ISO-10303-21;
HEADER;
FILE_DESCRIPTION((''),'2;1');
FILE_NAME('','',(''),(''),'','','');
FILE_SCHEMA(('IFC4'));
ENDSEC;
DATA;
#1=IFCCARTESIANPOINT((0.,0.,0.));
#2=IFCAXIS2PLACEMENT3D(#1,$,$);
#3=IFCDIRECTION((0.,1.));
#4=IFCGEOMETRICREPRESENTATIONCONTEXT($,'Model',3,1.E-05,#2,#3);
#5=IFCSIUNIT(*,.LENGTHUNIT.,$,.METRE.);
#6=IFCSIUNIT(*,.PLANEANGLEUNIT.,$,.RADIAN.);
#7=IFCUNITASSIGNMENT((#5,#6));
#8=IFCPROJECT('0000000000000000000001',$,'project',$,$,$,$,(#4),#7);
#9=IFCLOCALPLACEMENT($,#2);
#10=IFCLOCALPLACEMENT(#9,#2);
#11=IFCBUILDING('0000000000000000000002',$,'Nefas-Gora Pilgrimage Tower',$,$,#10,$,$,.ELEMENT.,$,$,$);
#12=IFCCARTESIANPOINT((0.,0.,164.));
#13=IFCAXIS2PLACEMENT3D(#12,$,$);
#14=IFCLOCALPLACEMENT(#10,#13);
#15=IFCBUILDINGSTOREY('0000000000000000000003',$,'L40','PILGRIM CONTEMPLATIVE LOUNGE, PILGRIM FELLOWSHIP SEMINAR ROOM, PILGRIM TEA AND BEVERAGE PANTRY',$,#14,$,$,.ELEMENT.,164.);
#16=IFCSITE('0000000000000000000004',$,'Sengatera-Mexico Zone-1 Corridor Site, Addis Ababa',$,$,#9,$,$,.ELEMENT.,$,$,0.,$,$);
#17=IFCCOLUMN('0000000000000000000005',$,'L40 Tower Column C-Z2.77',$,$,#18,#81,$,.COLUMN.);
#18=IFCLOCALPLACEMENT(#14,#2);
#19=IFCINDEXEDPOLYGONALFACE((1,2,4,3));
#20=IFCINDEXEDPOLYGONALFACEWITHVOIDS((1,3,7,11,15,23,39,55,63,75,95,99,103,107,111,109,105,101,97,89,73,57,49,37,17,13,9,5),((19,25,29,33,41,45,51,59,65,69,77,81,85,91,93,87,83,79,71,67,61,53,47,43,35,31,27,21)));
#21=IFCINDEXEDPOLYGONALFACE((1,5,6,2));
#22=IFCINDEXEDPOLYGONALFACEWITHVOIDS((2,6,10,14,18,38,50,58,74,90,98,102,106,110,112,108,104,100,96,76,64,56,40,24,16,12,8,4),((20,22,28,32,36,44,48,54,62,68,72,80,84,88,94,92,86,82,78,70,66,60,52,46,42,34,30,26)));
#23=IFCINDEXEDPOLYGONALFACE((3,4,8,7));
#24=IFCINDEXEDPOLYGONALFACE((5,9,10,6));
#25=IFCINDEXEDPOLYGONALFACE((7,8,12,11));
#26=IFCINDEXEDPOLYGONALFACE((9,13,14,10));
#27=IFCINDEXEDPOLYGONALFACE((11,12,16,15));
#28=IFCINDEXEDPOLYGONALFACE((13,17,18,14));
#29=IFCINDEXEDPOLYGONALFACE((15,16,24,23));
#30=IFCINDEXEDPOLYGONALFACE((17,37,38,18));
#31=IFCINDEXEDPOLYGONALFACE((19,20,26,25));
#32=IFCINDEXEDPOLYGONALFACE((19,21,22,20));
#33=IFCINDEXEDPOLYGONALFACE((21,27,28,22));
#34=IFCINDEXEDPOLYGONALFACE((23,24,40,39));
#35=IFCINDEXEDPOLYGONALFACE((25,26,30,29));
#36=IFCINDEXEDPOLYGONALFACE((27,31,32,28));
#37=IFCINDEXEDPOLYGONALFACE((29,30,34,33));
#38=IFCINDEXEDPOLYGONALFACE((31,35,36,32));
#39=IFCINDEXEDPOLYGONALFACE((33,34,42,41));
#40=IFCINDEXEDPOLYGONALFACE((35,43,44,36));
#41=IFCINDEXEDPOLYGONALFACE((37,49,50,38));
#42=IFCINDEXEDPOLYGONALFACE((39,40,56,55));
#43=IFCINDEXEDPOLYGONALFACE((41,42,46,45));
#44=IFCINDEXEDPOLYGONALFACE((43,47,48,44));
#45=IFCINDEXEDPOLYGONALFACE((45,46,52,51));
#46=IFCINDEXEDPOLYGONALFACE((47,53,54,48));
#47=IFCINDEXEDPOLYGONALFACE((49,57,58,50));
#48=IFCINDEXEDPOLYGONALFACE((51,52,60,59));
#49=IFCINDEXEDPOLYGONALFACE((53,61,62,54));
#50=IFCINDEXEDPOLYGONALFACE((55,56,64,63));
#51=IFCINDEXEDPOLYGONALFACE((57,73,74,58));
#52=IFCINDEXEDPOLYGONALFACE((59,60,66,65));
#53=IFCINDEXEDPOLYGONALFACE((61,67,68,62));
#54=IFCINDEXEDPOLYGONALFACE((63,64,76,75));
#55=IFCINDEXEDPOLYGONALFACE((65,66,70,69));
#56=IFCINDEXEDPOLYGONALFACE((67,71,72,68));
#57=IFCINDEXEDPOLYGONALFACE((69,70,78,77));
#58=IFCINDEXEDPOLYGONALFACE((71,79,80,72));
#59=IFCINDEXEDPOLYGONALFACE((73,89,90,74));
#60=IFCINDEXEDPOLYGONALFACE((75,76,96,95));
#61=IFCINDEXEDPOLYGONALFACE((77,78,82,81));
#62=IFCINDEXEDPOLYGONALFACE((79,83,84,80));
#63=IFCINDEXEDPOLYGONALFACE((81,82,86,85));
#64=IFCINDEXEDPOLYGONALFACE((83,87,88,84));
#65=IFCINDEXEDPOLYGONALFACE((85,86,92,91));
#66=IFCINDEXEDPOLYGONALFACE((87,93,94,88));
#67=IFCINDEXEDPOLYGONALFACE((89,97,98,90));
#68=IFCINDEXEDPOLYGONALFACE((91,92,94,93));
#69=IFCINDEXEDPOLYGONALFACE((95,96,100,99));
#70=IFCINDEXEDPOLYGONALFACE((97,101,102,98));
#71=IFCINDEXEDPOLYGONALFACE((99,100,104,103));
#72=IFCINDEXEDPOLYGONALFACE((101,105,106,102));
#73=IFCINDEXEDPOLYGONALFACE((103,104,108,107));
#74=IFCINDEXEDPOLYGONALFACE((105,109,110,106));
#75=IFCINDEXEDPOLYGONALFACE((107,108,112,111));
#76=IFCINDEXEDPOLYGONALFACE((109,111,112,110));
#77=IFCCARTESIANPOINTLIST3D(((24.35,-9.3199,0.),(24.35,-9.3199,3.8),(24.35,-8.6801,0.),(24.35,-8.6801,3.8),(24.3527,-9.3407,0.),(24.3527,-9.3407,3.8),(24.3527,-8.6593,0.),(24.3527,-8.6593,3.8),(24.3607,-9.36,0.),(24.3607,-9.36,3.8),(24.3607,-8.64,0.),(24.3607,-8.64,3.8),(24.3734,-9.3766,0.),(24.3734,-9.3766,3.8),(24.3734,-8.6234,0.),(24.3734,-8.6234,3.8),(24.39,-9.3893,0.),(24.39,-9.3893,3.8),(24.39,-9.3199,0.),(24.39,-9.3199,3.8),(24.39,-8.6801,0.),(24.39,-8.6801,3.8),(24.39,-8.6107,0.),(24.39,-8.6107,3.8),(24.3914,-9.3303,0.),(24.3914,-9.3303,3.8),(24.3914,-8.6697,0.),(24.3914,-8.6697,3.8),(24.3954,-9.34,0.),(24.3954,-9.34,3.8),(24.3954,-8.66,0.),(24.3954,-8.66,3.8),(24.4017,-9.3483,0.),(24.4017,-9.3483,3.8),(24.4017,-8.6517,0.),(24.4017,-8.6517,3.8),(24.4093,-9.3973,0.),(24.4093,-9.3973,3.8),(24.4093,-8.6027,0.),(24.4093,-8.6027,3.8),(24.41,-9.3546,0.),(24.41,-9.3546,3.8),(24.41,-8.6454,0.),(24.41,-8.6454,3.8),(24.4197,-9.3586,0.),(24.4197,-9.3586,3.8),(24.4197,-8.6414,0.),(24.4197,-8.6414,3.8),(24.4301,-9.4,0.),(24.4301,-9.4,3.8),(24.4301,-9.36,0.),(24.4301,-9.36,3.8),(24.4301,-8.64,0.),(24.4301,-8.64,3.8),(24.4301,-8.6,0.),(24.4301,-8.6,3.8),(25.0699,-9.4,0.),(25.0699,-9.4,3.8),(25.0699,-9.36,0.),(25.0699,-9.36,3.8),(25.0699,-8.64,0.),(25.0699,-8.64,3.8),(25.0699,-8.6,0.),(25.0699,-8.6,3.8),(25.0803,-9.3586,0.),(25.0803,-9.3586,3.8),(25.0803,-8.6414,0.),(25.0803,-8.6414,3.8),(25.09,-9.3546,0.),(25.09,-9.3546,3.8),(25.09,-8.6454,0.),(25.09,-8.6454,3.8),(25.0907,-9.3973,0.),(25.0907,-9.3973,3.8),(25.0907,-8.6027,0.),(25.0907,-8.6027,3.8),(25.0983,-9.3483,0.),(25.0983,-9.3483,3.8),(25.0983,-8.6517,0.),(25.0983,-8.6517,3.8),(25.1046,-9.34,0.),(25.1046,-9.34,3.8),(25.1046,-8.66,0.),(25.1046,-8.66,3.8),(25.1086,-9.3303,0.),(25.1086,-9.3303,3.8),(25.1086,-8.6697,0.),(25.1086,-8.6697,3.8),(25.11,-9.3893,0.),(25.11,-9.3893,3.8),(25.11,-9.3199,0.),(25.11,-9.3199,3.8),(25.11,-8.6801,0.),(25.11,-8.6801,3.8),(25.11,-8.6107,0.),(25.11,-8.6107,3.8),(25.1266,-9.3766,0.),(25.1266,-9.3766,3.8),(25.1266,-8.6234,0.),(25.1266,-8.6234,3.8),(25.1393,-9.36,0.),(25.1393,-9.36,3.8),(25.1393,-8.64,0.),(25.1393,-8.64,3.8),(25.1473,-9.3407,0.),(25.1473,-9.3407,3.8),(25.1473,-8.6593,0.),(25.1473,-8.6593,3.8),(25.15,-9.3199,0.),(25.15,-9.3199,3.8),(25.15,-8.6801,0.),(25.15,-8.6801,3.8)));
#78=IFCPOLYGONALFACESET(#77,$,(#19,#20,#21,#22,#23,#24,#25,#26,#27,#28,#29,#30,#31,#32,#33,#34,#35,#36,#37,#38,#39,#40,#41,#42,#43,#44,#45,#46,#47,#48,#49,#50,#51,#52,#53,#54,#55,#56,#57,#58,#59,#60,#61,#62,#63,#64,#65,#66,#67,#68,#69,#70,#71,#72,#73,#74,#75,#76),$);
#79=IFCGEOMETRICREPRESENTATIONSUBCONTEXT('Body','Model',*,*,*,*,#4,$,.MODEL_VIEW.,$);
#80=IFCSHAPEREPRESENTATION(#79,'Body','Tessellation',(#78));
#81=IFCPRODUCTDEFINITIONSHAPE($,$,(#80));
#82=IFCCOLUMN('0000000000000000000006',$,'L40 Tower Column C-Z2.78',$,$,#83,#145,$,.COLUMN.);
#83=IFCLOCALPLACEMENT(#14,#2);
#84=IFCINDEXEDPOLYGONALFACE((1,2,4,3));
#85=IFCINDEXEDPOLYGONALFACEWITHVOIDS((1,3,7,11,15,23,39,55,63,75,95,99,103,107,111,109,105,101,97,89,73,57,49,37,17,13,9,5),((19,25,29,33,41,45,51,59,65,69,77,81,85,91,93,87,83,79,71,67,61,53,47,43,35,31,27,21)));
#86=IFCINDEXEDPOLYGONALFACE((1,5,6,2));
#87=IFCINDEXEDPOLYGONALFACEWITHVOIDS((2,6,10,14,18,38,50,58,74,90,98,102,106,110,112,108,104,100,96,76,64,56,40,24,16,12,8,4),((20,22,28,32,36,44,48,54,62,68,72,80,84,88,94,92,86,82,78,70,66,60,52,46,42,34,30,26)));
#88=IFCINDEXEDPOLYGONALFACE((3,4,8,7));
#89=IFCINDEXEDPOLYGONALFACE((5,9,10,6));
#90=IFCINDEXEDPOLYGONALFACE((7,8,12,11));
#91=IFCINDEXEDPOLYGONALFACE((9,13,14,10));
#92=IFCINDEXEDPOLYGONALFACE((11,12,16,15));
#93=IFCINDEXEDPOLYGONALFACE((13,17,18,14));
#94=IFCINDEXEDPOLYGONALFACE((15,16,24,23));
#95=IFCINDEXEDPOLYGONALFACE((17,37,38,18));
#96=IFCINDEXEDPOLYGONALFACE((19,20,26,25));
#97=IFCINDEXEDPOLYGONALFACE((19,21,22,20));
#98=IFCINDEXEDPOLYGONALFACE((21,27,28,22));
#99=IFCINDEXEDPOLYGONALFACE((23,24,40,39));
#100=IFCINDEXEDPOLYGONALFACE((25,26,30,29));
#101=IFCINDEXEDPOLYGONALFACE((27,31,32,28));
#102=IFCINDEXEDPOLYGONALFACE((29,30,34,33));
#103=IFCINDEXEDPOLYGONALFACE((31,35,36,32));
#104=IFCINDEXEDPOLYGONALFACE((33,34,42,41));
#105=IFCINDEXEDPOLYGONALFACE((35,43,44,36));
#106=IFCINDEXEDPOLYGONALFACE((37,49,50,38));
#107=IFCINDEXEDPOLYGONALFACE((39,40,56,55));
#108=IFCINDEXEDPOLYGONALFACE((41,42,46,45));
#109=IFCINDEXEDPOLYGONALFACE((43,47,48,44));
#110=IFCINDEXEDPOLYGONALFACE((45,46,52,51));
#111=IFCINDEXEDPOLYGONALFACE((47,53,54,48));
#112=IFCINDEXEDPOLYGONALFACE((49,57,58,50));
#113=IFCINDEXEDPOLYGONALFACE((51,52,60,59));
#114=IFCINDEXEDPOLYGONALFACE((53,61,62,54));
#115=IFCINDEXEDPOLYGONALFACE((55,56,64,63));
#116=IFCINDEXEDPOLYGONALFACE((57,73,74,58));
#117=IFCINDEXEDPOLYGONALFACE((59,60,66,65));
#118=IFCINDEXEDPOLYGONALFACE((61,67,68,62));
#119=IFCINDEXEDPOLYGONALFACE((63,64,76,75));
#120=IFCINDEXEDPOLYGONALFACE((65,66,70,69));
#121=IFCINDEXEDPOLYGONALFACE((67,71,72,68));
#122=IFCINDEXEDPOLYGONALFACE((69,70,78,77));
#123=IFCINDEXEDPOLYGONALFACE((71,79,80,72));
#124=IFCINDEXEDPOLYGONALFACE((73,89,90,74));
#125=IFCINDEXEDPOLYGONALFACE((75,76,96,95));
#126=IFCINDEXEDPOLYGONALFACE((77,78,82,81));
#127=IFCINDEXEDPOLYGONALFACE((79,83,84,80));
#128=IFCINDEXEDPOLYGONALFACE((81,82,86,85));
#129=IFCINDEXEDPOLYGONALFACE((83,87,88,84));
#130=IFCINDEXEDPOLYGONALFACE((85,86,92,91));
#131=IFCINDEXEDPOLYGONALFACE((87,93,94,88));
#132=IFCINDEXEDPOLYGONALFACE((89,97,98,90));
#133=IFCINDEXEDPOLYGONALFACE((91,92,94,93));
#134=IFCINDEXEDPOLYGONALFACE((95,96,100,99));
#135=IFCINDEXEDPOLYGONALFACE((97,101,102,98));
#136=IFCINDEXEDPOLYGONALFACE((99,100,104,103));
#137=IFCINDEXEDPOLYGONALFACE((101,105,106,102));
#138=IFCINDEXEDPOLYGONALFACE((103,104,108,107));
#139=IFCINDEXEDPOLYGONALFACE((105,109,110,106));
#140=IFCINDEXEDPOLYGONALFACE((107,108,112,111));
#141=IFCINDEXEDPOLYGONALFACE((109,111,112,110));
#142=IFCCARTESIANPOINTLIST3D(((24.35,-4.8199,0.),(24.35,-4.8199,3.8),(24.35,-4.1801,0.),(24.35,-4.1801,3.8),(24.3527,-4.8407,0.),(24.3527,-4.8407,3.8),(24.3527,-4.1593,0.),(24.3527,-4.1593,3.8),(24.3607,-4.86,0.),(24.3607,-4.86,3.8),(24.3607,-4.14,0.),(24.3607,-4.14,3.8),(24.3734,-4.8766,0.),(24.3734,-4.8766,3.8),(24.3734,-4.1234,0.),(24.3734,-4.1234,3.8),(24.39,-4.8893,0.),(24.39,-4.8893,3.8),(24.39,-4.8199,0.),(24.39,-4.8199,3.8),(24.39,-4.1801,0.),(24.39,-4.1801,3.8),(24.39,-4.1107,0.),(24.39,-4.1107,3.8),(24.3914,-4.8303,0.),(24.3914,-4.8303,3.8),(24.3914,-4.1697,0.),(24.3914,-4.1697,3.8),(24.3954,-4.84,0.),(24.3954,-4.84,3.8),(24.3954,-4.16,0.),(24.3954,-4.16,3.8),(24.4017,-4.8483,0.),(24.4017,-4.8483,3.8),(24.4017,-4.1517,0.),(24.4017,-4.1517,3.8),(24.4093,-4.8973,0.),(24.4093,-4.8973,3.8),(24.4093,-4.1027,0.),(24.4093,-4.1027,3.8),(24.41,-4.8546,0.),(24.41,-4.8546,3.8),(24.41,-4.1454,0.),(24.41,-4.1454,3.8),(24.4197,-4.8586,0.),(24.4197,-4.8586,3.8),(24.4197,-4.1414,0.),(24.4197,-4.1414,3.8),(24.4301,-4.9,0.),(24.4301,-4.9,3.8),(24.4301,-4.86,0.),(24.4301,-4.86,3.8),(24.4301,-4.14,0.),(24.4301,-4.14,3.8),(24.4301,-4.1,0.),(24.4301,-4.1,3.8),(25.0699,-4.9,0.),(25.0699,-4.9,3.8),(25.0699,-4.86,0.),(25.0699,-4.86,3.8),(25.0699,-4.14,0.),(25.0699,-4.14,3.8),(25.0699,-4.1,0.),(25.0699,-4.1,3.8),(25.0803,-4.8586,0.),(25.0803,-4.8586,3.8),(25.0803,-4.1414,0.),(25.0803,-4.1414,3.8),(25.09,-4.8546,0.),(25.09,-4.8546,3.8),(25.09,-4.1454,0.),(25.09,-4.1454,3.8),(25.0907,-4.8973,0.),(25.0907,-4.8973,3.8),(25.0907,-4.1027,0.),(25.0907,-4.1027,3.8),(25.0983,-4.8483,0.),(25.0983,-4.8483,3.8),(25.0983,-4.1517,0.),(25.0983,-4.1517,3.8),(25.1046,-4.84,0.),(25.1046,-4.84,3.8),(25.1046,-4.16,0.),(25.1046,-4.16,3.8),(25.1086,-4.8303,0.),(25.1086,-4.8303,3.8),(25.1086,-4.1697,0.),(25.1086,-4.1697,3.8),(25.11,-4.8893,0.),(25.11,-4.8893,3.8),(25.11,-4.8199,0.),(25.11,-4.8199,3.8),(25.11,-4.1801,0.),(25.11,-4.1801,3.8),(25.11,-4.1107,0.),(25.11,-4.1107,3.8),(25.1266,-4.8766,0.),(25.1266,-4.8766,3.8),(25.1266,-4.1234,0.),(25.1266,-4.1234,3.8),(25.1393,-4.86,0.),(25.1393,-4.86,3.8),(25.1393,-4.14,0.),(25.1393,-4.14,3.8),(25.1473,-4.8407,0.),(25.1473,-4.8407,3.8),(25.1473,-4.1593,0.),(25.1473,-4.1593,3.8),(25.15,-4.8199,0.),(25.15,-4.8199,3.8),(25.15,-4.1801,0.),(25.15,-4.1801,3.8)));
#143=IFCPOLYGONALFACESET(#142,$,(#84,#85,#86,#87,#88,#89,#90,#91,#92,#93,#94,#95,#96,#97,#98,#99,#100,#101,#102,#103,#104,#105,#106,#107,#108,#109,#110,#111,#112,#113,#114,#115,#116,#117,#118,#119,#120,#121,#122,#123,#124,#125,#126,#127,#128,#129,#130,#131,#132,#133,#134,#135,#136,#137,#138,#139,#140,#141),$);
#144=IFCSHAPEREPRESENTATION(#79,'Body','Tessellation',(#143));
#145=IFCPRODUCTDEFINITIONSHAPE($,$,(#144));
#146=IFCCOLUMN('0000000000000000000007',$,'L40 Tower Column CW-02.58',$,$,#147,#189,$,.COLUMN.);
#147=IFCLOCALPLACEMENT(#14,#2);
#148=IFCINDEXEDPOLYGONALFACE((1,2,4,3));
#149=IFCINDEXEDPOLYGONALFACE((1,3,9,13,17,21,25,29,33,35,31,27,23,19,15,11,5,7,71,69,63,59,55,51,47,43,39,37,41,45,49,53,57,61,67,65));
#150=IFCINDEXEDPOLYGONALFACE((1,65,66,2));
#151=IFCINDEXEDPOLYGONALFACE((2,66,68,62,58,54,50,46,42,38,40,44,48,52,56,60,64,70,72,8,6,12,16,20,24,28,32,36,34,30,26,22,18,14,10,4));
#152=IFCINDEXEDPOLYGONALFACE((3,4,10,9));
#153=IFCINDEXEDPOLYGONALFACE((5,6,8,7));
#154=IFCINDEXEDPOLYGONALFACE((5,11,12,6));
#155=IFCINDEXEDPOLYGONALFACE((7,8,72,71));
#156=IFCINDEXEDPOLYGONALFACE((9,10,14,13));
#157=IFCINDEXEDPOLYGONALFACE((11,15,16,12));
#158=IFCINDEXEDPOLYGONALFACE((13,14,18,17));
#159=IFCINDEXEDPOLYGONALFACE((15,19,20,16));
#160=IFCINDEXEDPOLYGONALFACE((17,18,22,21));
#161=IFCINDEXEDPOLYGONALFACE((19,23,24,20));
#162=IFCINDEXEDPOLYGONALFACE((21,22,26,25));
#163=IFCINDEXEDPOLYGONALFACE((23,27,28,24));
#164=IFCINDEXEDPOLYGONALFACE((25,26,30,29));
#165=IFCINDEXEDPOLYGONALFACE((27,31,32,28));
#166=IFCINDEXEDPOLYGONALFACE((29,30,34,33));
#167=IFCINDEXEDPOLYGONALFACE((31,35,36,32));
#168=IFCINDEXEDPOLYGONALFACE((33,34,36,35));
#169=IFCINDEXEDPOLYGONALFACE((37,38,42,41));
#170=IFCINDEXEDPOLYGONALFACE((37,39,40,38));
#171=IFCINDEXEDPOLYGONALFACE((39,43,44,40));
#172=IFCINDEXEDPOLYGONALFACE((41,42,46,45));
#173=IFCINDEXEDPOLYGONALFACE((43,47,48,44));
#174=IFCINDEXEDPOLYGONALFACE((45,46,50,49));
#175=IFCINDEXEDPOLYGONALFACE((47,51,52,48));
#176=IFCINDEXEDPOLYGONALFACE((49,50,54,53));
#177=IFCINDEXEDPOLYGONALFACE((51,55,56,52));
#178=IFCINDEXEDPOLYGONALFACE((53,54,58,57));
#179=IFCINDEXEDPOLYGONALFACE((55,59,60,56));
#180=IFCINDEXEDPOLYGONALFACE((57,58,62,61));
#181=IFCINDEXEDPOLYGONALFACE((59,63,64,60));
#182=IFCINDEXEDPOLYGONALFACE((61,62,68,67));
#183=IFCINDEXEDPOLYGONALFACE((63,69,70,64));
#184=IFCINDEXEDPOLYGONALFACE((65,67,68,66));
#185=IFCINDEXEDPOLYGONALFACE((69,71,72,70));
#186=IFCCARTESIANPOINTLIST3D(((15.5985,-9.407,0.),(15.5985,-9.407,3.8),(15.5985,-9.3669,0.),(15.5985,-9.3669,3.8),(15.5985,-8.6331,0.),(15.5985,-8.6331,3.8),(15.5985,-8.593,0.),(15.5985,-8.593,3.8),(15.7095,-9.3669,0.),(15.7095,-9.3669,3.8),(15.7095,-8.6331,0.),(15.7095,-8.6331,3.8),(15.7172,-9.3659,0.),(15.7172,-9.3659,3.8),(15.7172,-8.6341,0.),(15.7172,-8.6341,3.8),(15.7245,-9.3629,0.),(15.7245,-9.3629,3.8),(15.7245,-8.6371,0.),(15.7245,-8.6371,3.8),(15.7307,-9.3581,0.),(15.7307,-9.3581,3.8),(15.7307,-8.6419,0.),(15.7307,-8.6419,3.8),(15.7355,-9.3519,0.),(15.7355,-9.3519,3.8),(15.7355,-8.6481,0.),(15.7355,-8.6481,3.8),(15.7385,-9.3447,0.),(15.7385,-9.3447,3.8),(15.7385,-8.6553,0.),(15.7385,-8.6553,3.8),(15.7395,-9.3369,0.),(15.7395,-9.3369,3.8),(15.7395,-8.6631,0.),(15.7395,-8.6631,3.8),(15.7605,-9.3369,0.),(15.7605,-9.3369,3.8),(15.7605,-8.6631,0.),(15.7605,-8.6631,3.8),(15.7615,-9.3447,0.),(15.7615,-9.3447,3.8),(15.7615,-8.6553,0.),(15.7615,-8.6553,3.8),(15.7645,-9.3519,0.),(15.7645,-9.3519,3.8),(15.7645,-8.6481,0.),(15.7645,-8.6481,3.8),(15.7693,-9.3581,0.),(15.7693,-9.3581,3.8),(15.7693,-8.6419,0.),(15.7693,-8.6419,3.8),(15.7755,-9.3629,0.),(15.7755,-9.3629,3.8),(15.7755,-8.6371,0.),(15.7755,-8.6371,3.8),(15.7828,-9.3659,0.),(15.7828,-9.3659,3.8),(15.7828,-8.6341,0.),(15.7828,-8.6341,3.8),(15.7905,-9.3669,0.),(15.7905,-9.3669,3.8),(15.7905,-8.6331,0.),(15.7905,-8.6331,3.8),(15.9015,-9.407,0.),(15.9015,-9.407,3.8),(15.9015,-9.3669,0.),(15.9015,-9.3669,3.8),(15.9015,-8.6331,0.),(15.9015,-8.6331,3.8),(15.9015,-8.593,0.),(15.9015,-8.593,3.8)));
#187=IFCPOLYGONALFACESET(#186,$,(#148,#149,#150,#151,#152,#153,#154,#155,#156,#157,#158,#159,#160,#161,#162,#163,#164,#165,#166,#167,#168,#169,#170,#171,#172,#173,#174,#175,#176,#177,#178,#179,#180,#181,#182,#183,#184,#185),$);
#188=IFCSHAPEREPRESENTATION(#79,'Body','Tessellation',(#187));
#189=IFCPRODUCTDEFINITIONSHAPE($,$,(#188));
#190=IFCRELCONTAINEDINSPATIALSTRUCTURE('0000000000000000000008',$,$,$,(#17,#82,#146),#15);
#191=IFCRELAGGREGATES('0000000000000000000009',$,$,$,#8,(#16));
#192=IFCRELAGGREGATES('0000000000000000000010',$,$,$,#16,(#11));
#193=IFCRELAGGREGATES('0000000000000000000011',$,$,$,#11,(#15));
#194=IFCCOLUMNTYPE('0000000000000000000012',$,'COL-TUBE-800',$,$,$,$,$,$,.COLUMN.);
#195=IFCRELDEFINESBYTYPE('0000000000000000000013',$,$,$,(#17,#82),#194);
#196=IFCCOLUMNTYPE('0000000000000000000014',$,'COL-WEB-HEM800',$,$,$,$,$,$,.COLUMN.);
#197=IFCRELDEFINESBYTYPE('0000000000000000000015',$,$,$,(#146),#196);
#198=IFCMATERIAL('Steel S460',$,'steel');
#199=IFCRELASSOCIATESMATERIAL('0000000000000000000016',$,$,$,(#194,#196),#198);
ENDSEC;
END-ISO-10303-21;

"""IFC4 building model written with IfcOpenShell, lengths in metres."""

from ifc_helpers import new_model, si_unit, direction, frame, origin, origin_2d, place, context, subcontext, project, spatial, hollow_rectangle, i_section, extrude, source, transform, mapped, material, material_profile, profile_set, type_object, element, save


model = new_model("IFC4")

# Units and contexts
model_context = context("Model", 3, precision=1e-05, world=origin(), true_north=direction((0.0, 1.0)))
body_context = subcontext(model_context, "Body", "Model", "MODEL_VIEW")
ifc_project = project(units=[si_unit("LENGTHUNIT", "METRE"), si_unit("PLANEANGLEUNIT", "RADIAN")], contexts=[model_context])

# Site, building, storey
site_placement = place(None, origin())
site = spatial("IfcSite", under=ifc_project, at=site_placement, Name="Sengatera-Mexico Zone-1 Corridor Site, Addis Ababa", CompositionType="ELEMENT", RefElevation=0.0)
building_placement = place(site_placement, origin())
building = spatial("IfcBuilding", under=site, at=building_placement, Name="Nefas-Gora Pilgrimage Tower", CompositionType="ELEMENT")
storey_placement = place(building_placement, frame((0.0, 0.0, 164.0)))
storey = spatial("IfcBuildingStorey", under=building, at=storey_placement, Name="L40", Description="PILGRIM CONTEMPLATIVE LOUNGE, PILGRIM FELLOWSHIP SEMINAR ROOM, PILGRIM TEA AND BEVERAGE PANTRY", CompositionType="ELEMENT", Elevation=164.0)

# Columns
ifc_material_1 = material(Name="Steel S460", Category="steel")
ifc_material_profile_1 = material_profile(ifc_material_1, hollow_rectangle(XDim=0.8, YDim=0.8, WallThickness=0.04, InnerFilletRadius=0.04, OuterFilletRadius=0.0801, at=origin_2d()), Name="BOX 800x800x40")
ifc_profile_set_1 = profile_set([ifc_material_profile_1], Name="Steel S460")
column_type_1 = type_object("IfcColumnType", Name="COL-TUBE-800", PredefinedType="COLUMN", material=ifc_profile_set_1)
shared_shape_1 = source(origin(), body_context, "Body", "SweptSolid", [
    extrude(hollow_rectangle(XDim=0.8, YDim=0.8, WallThickness=0.04, InnerFilletRadius=0.04, OuterFilletRadius=0.0801, at=origin_2d()), origin(), (0.0, 0.0, 1.0), 3.8),
])
for number, where, z_axis, x_axis, name in (
    (1, (24.75, -9.0, 0.0), (0.0, 0.0, 1.0), (1.0, 0.0, 0.0), "L40 Tower Column C-Z2.77"),
    (2, (24.75, -4.5, 0.0), (0.0, 0.0, 1.0), (1.0, 0.0, 0.0), "L40 Tower Column C-Z2.78"),
):
    element("IfcColumn", number, at=place(storey_placement, frame(where, z_axis=z_axis, x_axis=x_axis)), inside=storey, type_object=column_type_1, Name=name, PredefinedType="COLUMN", context=body_context, shape_type="MappedRepresentation", body=[
        mapped(shared_shape_1, transform((0.0, 0.0, 0.0), x_axis=(1.0, 0.0, 0.0), y_axis=(0.0, 1.0, 0.0), z_axis=(0.0, 0.0, 1.0), scale=1.0)),
    ])
ifc_material_profile_2 = material_profile(ifc_material_1, i_section(OverallWidth=0.303, OverallDepth=0.814, WebThickness=0.021, FlangeThickness=0.04, FilletRadius=0.03, at=origin_2d()), Name="HEM 800")
ifc_profile_set_2 = profile_set([ifc_material_profile_2], Name="Steel S460")
column_type_2 = type_object("IfcColumnType", Name="COL-WEB-HEM800", PredefinedType="COLUMN", material=ifc_profile_set_2)
shared_shape_2 = source(origin(), body_context, "Body", "SweptSolid", [
    extrude(i_section(OverallWidth=0.303, OverallDepth=0.814, WebThickness=0.021, FlangeThickness=0.04, FilletRadius=0.03, at=origin_2d()), origin(), (0.0, 0.0, 1.0), 3.8),
])
for number, where, z_axis, x_axis, name in (
    (3, (15.75, -9.0, 0.0), (0.0, 0.0, 1.0), (1.0, 0.0, 0.0), "L40 Tower Column CW-02.58"),
):
    element("IfcColumn", number, at=place(storey_placement, frame(where, z_axis=z_axis, x_axis=x_axis)), inside=storey, type_object=column_type_2, Name=name, PredefinedType="COLUMN", context=body_context, shape_type="MappedRepresentation", body=[
        mapped(shared_shape_2, transform((0.0, 0.0, 0.0), x_axis=(1.0, 0.0, 0.0), y_axis=(0.0, 1.0, 0.0), z_axis=(0.0, 0.0, 1.0), scale=1.0)),
    ])

save(model, "model.ifc")
